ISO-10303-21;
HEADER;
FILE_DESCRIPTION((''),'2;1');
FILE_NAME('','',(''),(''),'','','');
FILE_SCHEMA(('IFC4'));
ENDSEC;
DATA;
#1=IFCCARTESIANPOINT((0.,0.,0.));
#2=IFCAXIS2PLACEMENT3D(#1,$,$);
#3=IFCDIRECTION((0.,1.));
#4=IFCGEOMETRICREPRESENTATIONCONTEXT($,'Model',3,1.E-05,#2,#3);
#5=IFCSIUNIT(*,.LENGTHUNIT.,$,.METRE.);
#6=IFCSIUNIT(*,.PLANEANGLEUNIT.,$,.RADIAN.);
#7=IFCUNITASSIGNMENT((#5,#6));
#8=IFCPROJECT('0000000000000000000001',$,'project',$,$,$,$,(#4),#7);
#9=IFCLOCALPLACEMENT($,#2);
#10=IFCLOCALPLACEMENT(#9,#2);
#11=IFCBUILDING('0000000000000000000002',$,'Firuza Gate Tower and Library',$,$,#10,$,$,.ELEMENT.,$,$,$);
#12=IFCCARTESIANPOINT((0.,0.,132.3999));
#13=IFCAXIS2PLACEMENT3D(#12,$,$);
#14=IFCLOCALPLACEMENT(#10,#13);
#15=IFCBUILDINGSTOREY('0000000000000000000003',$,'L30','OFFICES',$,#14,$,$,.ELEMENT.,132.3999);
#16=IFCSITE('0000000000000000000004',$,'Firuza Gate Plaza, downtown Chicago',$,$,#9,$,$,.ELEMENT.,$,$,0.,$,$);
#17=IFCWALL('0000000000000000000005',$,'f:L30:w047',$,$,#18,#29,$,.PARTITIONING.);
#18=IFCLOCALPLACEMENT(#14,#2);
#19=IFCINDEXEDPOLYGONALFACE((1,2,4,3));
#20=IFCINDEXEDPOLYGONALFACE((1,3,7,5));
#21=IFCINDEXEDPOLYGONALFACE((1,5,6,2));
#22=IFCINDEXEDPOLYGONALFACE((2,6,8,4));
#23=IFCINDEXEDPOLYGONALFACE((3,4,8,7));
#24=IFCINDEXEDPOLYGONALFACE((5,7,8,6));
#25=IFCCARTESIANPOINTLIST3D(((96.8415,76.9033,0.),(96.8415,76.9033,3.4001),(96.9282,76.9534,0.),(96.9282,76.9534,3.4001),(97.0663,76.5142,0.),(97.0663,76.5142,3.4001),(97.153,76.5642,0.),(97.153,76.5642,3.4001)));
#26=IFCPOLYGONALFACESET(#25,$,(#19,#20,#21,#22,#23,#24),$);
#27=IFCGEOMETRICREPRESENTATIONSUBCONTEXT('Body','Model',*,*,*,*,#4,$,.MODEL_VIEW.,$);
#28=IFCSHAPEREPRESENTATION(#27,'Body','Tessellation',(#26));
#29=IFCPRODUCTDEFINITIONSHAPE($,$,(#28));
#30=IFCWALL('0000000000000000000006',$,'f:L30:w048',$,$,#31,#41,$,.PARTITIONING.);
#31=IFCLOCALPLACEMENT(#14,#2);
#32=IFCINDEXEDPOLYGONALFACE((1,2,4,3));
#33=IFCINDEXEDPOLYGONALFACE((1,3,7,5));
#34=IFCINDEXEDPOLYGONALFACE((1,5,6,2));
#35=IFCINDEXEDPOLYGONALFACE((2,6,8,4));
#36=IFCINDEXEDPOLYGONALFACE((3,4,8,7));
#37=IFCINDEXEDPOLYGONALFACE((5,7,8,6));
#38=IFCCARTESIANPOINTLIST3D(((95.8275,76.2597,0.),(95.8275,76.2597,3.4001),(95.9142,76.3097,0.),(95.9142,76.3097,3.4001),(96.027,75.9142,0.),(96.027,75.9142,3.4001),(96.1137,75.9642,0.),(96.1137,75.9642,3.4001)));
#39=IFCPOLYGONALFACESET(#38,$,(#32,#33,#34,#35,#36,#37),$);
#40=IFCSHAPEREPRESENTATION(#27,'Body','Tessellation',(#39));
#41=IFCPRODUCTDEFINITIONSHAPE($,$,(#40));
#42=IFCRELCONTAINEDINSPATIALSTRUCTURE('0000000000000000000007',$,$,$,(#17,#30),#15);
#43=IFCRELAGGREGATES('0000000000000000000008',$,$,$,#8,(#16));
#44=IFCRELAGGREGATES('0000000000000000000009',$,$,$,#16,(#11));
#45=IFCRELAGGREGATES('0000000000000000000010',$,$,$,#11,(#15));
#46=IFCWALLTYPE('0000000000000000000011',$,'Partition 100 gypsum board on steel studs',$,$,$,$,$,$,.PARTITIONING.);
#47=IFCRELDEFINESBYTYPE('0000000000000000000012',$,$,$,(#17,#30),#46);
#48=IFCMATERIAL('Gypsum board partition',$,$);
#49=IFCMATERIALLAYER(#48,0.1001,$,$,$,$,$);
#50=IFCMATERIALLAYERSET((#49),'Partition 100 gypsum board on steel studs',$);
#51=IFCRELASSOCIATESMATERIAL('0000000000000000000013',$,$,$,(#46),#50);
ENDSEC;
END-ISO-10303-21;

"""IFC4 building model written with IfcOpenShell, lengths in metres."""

from ifc_helpers import new_model, si_unit, direction, frame, frame_2d, origin, place, context, subcontext, project, spatial, rectangle, extrude, material, layer, layer_set, type_object, element, save


model = new_model("IFC4")

# Units and contexts
model_context = context("Model", 3, precision=1e-05, world=origin(), true_north=direction((0.0, 1.0)))
body_context = subcontext(model_context, "Body", "Model", "MODEL_VIEW")
ifc_project = project(units=[si_unit("LENGTHUNIT", "METRE"), si_unit("PLANEANGLEUNIT", "RADIAN")], contexts=[model_context])

# Site, building, storey
site_placement = place(None, origin())
site = spatial("IfcSite", under=ifc_project, at=site_placement, Name="Firuza Gate Plaza, downtown Chicago", CompositionType="ELEMENT", RefElevation=0.0)
building_placement = place(site_placement, origin())
building = spatial("IfcBuilding", under=site, at=building_placement, Name="Firuza Gate Tower and Library", CompositionType="ELEMENT")
storey_placement = place(building_placement, frame((0.0, 0.0, 132.3999)))
storey = spatial("IfcBuildingStorey", under=building, at=storey_placement, Name="L30", Description="OFFICES", CompositionType="ELEMENT", Elevation=132.3999)

# Shared definitions
ifc_material_1 = material(Name="Gypsum board partition")
ifc_layer_1 = layer(ifc_material_1, 0.1001)
ifc_layer_set_1 = layer_set([ifc_layer_1], Name="Partition 100 gypsum board on steel studs")
wall_type = type_object("IfcWallType", Name="Partition 100 gypsum board on steel studs", PredefinedType="PARTITIONING", material=ifc_layer_set_1)

# Walls
wall_1_placement = place(storey_placement, frame((97.1096, 76.5393, 0.0), z_axis=(0.0, 0.0, 1.0), x_axis=(-0.500287, 0.86586, 0.0)))
element("IfcWall", 1, at=wall_1_placement, inside=storey, type_object=wall_type, Name="f:L30:w047", PredefinedType="PARTITIONING", context=body_context, shape_type="SweptSolid", body=[
    extrude(rectangle(XDim=0.4495, YDim=0.1001, at=frame_2d((0.2246, 0.0))), origin(), (0.0, 0.0, 1.0), 3.4001),
])
wall_2_placement = place(storey_placement, frame((96.0703, 75.9392, 0.0), z_axis=(0.0, 0.0, 1.0), x_axis=(-0.500023, 0.866012, 0.0)))
element("IfcWall", 2, at=wall_2_placement, inside=storey, type_object=wall_type, Name="f:L30:w048", PredefinedType="PARTITIONING", context=body_context, shape_type="SweptSolid", body=[
    extrude(rectangle(XDim=0.3989, YDim=0.1001, at=frame_2d((0.1995, 0.0))), origin(), (0.0, 0.0, 1.0), 3.4001),
])

save(model, "model.ifc")
